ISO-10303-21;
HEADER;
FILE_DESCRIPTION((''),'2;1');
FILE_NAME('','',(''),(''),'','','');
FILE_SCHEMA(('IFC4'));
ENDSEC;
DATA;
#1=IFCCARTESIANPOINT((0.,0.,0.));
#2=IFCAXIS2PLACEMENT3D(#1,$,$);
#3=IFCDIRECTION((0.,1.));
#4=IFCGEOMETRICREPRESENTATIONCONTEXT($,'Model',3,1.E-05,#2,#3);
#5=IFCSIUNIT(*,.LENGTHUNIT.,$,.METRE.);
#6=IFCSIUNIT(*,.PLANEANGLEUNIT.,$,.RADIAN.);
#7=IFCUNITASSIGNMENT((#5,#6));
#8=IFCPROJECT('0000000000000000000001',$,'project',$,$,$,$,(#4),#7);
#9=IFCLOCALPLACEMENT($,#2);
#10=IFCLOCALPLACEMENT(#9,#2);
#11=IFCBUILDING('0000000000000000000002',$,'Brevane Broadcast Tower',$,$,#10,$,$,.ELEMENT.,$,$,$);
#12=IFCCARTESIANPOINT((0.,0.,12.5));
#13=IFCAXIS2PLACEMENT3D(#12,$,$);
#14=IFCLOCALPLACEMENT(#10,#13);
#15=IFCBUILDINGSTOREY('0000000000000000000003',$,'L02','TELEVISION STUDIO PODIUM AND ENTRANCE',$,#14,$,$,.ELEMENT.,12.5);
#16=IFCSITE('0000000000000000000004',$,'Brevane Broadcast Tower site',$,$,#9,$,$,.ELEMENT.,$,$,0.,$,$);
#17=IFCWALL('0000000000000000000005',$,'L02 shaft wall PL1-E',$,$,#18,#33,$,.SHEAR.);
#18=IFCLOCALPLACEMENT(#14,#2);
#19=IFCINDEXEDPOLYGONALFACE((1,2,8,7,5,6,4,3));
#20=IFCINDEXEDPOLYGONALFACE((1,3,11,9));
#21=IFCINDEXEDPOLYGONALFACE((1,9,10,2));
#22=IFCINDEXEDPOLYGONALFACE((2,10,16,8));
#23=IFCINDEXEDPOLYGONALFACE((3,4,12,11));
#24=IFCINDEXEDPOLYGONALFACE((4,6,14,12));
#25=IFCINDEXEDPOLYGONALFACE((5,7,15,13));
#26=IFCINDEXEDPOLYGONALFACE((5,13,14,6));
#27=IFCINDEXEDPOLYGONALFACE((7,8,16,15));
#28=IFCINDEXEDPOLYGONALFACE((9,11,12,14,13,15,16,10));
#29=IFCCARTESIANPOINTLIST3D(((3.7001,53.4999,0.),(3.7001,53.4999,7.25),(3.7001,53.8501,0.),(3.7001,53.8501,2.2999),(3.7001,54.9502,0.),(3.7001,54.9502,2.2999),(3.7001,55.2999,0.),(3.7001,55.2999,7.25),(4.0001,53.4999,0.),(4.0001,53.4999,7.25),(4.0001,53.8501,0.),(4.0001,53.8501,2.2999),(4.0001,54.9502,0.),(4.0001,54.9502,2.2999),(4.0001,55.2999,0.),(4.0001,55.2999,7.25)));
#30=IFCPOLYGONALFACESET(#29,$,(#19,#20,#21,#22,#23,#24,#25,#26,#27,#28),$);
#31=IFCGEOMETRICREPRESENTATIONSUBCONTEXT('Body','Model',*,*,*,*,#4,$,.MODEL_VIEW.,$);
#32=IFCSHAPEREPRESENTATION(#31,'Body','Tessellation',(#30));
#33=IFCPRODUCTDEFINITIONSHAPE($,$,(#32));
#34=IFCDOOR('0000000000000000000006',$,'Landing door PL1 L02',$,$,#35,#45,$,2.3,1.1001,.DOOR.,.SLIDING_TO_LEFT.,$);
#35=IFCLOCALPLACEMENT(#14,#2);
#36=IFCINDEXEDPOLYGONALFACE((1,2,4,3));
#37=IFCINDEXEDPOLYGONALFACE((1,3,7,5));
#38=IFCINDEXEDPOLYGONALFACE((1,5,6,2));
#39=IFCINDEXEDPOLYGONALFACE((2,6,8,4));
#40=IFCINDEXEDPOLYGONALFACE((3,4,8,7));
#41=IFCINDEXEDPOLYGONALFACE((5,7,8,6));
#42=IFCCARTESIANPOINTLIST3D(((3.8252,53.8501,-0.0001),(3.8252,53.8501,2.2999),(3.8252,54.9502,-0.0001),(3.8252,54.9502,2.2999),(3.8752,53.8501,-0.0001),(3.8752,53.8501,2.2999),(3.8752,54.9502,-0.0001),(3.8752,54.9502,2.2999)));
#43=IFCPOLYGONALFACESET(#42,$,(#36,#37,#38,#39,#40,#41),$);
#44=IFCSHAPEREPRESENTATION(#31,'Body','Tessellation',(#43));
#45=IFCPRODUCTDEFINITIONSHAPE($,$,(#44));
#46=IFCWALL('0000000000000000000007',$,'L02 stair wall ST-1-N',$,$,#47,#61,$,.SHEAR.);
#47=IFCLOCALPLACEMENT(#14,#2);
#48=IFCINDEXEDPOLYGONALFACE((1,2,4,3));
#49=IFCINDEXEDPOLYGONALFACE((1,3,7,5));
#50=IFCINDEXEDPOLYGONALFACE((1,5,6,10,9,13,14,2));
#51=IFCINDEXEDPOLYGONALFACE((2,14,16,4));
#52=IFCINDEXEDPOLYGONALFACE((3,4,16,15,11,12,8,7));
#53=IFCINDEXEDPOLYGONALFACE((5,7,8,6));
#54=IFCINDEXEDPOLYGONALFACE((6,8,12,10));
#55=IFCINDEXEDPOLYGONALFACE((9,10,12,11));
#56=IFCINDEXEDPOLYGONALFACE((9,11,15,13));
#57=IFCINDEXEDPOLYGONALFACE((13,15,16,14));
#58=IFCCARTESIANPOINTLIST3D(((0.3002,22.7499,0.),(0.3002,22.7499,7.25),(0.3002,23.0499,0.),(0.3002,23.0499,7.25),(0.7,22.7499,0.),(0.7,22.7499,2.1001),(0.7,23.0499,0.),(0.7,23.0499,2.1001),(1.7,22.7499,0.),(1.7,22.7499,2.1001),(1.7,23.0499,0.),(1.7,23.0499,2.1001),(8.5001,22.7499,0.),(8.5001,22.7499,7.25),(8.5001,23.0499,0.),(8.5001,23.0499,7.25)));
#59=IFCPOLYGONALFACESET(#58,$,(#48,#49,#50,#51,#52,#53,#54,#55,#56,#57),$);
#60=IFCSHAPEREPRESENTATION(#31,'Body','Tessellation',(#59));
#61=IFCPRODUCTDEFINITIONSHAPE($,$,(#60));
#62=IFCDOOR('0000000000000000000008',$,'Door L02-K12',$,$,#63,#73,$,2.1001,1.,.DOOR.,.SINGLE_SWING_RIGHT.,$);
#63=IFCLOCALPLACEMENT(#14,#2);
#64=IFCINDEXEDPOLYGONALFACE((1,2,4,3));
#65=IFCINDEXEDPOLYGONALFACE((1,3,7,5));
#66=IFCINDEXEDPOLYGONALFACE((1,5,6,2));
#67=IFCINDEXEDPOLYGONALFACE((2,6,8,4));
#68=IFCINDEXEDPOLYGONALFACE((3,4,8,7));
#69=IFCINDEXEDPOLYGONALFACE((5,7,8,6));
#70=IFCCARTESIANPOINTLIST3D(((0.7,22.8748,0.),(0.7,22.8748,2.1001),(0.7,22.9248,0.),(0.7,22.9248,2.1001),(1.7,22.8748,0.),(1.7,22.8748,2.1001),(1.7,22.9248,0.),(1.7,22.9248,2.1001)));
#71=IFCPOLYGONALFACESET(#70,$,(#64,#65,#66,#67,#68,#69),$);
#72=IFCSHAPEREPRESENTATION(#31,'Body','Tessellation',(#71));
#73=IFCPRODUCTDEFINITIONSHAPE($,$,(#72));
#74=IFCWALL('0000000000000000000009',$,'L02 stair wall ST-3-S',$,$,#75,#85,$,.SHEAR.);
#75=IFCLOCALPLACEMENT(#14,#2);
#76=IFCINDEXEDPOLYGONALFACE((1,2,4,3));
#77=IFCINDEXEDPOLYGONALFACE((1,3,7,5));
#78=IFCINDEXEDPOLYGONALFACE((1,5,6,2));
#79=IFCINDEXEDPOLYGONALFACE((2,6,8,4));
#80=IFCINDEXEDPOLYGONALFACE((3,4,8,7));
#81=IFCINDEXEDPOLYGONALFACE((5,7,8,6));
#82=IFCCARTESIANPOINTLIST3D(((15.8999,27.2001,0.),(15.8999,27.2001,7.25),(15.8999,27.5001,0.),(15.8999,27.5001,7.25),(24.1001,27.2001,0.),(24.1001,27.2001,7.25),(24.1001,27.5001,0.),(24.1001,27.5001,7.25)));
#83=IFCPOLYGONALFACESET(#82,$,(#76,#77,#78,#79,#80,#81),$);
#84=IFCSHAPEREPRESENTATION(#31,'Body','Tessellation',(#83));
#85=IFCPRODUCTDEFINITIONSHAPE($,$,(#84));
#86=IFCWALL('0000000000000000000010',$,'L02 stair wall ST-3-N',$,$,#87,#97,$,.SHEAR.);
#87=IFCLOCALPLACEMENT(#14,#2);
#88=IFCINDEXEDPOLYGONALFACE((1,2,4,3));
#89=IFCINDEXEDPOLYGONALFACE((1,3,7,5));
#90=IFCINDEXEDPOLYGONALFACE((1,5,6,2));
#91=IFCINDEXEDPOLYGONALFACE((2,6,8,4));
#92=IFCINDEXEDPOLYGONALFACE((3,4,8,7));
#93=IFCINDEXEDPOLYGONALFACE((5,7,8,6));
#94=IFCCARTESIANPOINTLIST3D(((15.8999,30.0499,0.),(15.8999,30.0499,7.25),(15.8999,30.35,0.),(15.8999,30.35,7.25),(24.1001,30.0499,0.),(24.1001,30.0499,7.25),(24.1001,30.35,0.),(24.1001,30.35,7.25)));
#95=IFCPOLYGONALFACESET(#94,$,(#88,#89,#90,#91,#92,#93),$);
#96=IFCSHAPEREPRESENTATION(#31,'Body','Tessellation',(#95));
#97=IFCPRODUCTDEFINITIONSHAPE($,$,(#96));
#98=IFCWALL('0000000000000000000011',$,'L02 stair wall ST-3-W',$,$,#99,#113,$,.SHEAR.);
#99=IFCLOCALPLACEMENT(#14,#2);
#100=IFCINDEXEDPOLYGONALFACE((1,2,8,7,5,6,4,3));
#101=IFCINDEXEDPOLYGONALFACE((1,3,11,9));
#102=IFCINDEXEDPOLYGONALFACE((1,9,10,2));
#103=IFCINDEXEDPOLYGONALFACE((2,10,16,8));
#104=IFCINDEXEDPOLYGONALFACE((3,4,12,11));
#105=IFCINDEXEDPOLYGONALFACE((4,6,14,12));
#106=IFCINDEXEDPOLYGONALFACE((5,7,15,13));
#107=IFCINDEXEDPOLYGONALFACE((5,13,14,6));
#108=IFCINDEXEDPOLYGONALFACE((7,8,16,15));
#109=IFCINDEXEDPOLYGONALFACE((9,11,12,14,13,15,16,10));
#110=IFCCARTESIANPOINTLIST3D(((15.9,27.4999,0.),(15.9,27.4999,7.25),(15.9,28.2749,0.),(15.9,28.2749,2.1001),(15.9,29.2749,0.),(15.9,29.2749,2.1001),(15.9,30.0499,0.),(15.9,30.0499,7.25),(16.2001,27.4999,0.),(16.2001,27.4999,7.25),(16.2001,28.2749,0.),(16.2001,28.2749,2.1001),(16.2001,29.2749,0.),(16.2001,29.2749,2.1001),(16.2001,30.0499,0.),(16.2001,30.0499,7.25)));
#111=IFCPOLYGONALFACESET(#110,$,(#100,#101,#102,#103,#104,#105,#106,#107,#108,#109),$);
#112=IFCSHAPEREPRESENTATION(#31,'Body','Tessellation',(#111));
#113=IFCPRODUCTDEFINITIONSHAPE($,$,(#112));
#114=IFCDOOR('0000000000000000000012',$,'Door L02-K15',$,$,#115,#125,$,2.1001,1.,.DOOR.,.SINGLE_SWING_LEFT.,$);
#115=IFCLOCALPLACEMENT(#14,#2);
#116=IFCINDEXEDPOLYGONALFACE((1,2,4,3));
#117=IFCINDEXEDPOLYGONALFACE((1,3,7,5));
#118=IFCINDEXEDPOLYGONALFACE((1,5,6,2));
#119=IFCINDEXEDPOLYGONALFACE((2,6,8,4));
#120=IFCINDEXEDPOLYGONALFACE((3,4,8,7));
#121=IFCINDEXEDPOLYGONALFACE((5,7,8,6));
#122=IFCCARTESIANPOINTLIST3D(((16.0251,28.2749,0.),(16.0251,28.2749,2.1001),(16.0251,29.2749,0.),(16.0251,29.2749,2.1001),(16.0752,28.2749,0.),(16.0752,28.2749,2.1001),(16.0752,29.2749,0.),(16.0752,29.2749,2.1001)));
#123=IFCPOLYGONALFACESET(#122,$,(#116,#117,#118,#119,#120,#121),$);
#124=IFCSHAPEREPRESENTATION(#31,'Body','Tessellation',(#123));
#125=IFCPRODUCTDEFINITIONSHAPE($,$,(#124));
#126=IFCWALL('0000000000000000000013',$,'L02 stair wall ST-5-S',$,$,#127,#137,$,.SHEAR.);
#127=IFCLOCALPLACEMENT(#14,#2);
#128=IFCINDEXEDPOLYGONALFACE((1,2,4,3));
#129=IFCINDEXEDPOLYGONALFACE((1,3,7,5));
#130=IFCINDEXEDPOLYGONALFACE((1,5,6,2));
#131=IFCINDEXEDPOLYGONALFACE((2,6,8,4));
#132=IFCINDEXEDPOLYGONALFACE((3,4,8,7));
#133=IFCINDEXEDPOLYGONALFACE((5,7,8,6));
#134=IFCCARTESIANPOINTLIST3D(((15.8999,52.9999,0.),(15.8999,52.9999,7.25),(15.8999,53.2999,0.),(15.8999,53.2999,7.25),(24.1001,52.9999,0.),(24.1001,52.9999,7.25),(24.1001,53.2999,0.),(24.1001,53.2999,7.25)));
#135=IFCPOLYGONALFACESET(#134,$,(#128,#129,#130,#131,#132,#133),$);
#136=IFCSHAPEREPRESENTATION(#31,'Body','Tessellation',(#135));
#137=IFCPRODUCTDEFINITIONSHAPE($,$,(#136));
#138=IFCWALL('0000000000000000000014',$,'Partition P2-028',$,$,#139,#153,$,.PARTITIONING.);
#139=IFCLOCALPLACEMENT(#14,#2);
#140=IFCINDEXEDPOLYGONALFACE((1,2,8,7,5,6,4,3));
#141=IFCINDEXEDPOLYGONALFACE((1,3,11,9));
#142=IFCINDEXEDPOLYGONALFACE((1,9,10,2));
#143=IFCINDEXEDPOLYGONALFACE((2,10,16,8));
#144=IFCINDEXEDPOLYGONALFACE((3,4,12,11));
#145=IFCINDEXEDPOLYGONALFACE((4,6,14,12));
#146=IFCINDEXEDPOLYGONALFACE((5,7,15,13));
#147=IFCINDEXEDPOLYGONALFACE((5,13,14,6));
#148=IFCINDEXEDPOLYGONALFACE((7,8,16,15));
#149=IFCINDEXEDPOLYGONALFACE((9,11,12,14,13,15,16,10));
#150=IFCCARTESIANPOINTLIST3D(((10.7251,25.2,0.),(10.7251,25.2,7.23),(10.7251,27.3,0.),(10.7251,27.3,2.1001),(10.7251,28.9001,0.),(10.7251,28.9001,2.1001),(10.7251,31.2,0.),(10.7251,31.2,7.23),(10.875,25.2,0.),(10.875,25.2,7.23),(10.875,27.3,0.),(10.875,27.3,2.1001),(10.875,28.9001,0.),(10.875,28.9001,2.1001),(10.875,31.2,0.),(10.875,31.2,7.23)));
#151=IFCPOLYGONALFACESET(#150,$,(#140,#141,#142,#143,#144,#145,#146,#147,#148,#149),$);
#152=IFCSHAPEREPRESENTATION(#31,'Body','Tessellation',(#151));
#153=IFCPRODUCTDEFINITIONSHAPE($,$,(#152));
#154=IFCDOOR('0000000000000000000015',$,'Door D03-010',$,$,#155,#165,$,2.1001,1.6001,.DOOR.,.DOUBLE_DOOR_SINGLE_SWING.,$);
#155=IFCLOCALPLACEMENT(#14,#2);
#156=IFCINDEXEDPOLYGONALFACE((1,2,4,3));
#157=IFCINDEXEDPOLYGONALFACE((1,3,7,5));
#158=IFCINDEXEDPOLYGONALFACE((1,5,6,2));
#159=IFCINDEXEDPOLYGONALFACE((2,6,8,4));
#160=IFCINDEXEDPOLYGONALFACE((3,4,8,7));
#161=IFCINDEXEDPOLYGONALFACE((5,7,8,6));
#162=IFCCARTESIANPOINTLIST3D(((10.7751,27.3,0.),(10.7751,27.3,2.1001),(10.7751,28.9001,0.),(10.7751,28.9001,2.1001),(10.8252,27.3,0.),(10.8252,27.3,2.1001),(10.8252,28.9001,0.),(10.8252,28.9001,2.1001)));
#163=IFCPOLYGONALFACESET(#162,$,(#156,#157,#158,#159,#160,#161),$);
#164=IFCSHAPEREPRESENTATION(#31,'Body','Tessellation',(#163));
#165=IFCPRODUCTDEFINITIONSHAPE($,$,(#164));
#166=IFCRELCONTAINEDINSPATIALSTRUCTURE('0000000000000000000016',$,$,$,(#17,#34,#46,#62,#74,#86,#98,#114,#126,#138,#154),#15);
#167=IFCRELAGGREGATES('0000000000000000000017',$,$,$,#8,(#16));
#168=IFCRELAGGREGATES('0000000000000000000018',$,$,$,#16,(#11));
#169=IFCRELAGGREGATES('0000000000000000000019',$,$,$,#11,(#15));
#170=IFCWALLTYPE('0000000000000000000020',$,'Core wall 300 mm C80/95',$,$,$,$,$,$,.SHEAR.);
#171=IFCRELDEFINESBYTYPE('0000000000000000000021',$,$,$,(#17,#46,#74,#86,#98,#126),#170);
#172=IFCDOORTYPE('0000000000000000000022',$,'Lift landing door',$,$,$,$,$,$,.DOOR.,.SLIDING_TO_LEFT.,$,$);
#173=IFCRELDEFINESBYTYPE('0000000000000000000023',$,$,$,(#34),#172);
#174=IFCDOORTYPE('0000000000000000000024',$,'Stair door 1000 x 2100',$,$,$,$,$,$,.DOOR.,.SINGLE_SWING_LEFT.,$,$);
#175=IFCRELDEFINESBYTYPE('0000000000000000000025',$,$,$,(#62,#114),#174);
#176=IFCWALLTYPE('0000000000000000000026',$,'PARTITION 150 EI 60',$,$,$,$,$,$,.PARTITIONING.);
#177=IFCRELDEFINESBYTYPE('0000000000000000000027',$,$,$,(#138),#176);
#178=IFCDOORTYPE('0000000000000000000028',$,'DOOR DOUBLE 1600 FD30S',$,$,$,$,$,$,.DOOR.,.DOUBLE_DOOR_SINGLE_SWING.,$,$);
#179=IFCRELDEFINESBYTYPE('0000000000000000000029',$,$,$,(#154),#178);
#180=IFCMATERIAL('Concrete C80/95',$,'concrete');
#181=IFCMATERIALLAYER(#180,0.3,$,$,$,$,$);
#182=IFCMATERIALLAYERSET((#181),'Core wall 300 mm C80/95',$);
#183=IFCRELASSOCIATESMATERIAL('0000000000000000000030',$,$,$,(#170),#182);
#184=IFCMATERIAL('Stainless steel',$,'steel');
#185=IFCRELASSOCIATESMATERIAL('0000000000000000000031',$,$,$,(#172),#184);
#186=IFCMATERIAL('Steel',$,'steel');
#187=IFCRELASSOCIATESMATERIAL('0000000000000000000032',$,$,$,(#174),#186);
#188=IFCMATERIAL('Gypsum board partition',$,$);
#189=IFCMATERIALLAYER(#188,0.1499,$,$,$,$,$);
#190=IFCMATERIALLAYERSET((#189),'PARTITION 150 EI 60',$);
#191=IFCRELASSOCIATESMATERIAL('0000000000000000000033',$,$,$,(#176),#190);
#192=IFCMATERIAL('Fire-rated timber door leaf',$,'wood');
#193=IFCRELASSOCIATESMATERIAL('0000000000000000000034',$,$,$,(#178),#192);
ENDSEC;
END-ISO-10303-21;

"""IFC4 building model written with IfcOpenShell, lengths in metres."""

from ifc_helpers import new_model, si_unit, direction, frame, frame_2d, origin, place, context, subcontext, project, spatial, rectangle, extrude, material, layer, layer_set, type_object, element, fill, save


model = new_model("IFC4")

# Units and contexts
model_context = context("Model", 3, precision=1e-05, world=origin(), true_north=direction((0.0, 1.0)))
body_context = subcontext(model_context, "Body", "Model", "MODEL_VIEW")
ifc_project = project(units=[si_unit("LENGTHUNIT", "METRE"), si_unit("PLANEANGLEUNIT", "RADIAN")], contexts=[model_context])

# Site, building, storey
site_placement = place(None, origin())
site = spatial("IfcSite", under=ifc_project, at=site_placement, Name="Brevane Broadcast Tower site", CompositionType="ELEMENT", RefElevation=0.0)
building_placement = place(site_placement, origin())
building = spatial("IfcBuilding", under=site, at=building_placement, Name="Brevane Broadcast Tower", CompositionType="ELEMENT")
storey_placement = place(building_placement, frame((0.0, 0.0, 12.5)))
storey = spatial("IfcBuildingStorey", under=building, at=storey_placement, Name="L02", Description="TELEVISION STUDIO PODIUM AND ENTRANCE", CompositionType="ELEMENT", Elevation=12.5)

# Shared definitions
ifc_material_1 = material(Name="Concrete C80/95", Category="concrete")

# Shared definitions
ifc_layer_1 = layer(ifc_material_1, 0.3)
ifc_layer_set_1 = layer_set([ifc_layer_1], Name="Core wall 300 mm C80/95")
wall_type_1 = type_object("IfcWallType", Name="Core wall 300 mm C80/95", PredefinedType="SHEAR", material=ifc_layer_set_1)

# Walls, openings, doors
wall_1_placement = place(storey_placement, frame((3.8501, 53.5, 0.0), z_axis=(0.0, 0.0, 1.0), x_axis=(0.0, 1.0, 0.0)))
wall_1 = element("IfcWall", 1, at=wall_1_placement, inside=storey, type_object=wall_type_1, Name="L02 shaft wall PL1-E", PredefinedType="SHEAR", context=body_context, shape_type="SweptSolid", body=[
    extrude(rectangle(XDim=1.8, YDim=0.3, at=frame_2d((0.8999, 0.0))), origin(), (0.0, 0.0, 1.0), 7.25),
])
opening_1_placement = place(wall_1_placement, frame((0.3501, 0.0, 0.0)))
opening_1 = element("IfcOpeningElement", 2, at=opening_1_placement, cuts=wall_1, PredefinedType="OPENING", context=body_context, shape_type="SweptSolid", body=[
    extrude(rectangle(XDim=1.1001, YDim=2.3, at=frame_2d((0.55, 1.1499))), frame((0.0, 0.1599, 0.0), z_axis=(0.0, -1.0, 0.0), x_axis=(1.0, 0.0, 0.0)), (0.0, 0.0, 1.0), 0.3201),
])
ifc_material_2 = material(Name="Stainless steel", Category="steel")
door_type_1 = type_object("IfcDoorType", Name="Lift landing door", OperationType="SLIDING_TO_LEFT", PredefinedType="DOOR", material=ifc_material_2)
door_1_placement = place(opening_1_placement, origin())
door_1 = element("IfcDoor", 3, at=door_1_placement, inside=storey, type_object=door_type_1, Name="Landing door PL1 L02", OperationType="SLIDING_TO_LEFT", OverallHeight=2.3, OverallWidth=1.1001, PredefinedType="DOOR", context=body_context, shape_type="SweptSolid", body=[
    extrude(rectangle(XDim=1.1001, YDim=2.3, at=frame_2d((0.55, 1.1499))), frame((0.0, 0.0249, 0.0), z_axis=(0.0, -1.0, 0.0), x_axis=(1.0, 0.0, 0.0)), (0.0, 0.0, 1.0), 0.05),
])
fill(opening_1, door_1)
wall_2_placement = place(storey_placement, frame((0.3, 22.8999, 0.0), z_axis=(0.0, 0.0, 1.0), x_axis=(1.0, 0.0, 0.0)))
wall_2 = element("IfcWall", 4, at=wall_2_placement, inside=storey, type_object=wall_type_1, Name="L02 stair wall ST-1-N", PredefinedType="SHEAR", context=body_context, shape_type="SweptSolid", body=[
    extrude(rectangle(XDim=8.2, YDim=0.3, at=frame_2d((4.1001, 0.0))), origin(), (0.0, 0.0, 1.0), 7.25),
])
opening_2_placement = place(wall_2_placement, frame((0.3999, 0.0, 0.0)))
opening_2 = element("IfcOpeningElement", 5, at=opening_2_placement, cuts=wall_2, PredefinedType="OPENING", context=body_context, shape_type="SweptSolid", body=[
    extrude(rectangle(XDim=1.0, YDim=2.1001, at=frame_2d((0.5, 1.05))), frame((0.0, 0.1599, 0.0), z_axis=(0.0, -1.0, 0.0), x_axis=(1.0, 0.0, 0.0)), (0.0, 0.0, 1.0), 0.3201),
])
ifc_material_3 = material(Name="Steel", Category="steel")
door_type_2 = type_object("IfcDoorType", Name="Stair door 1000 x 2100", OperationType="SINGLE_SWING_LEFT", PredefinedType="DOOR", material=ifc_material_3)
door_2_placement = place(opening_2_placement, origin())
door_2 = element("IfcDoor", 6, at=door_2_placement, inside=storey, type_object=door_type_2, Name="Door L02-K12", OperationType="SINGLE_SWING_RIGHT", OverallHeight=2.1001, OverallWidth=1.0, PredefinedType="DOOR", context=body_context, shape_type="SweptSolid", body=[
    extrude(rectangle(XDim=1.0, YDim=2.1001, at=frame_2d((0.5, 1.05))), frame((0.0, 0.0249, 0.0), z_axis=(0.0, -1.0, 0.0), x_axis=(1.0, 0.0, 0.0)), (0.0, 0.0, 1.0), 0.05),
])
fill(opening_2, door_2)

# Walls
for number, where, z_axis, x_axis, name in (
    (7, (15.8999, 27.3501, 0.0), (0.0, 0.0, 1.0), (1.0, 0.0, 0.0), "L02 stair wall ST-3-S"),
    (8, (15.8999, 30.2, 0.0), (0.0, 0.0, 1.0), (1.0, 0.0, 0.0), "L02 stair wall ST-3-N"),
):
    element("IfcWall", number, at=place(storey_placement, frame(where, z_axis=z_axis, x_axis=x_axis)), inside=storey, type_object=wall_type_1, Name=name, PredefinedType="SHEAR", context=body_context, shape_type="SweptSolid", body=[
        extrude(rectangle(XDim=8.2002, YDim=0.3, at=frame_2d((4.1001, 0.0))), origin(), (0.0, 0.0, 1.0), 7.25),
    ])

# Wall, opening, door
wall_3_placement = place(storey_placement, frame((16.05, 27.5, 0.0), z_axis=(0.0, 0.0, 1.0), x_axis=(0.0, 1.0, 0.0)))
wall_3 = element("IfcWall", 9, at=wall_3_placement, inside=storey, type_object=wall_type_1, Name="L02 stair wall ST-3-W", PredefinedType="SHEAR", context=body_context, shape_type="SweptSolid", body=[
    extrude(rectangle(XDim=2.55, YDim=0.3, at=frame_2d((1.2749, 0.0))), origin(), (0.0, 0.0, 1.0), 7.25),
])
opening_3_placement = place(wall_3_placement, frame((0.7749, 0.0, 0.0)))
opening_3 = element("IfcOpeningElement", 10, at=opening_3_placement, cuts=wall_3, PredefinedType="OPENING", context=body_context, shape_type="SweptSolid", body=[
    extrude(rectangle(XDim=1.0, YDim=2.1001, at=frame_2d((0.5, 1.05))), frame((0.0, 0.1599, 0.0), z_axis=(0.0, -1.0, 0.0), x_axis=(1.0, 0.0, 0.0)), (0.0, 0.0, 1.0), 0.3201),
])
door_3_placement = place(opening_3_placement, origin())
door_3 = element("IfcDoor", 11, at=door_3_placement, inside=storey, type_object=door_type_2, Name="Door L02-K15", OperationType="SINGLE_SWING_LEFT", OverallHeight=2.1001, OverallWidth=1.0, PredefinedType="DOOR", context=body_context, shape_type="SweptSolid", body=[
    extrude(rectangle(XDim=1.0, YDim=2.1001, at=frame_2d((0.5, 1.05))), frame((0.0, 0.0249, 0.0), z_axis=(0.0, -1.0, 0.0), x_axis=(1.0, 0.0, 0.0)), (0.0, 0.0, 1.0), 0.05),
])
fill(opening_3, door_3)

# Wall
wall_4_placement = place(storey_placement, frame((15.8999, 53.1499, 0.0), z_axis=(0.0, 0.0, 1.0), x_axis=(1.0, 0.0, 0.0)))
element("IfcWall", 12, at=wall_4_placement, inside=storey, type_object=wall_type_1, Name="L02 stair wall ST-5-S", PredefinedType="SHEAR", context=body_context, shape_type="SweptSolid", body=[
    extrude(rectangle(XDim=8.2002, YDim=0.3, at=frame_2d((4.1001, 0.0))), origin(), (0.0, 0.0, 1.0), 7.25),
])

# Wall, opening, door
ifc_material_4 = material(Name="Gypsum board partition")
ifc_layer_2 = layer(ifc_material_4, 0.1499)
ifc_layer_set_2 = layer_set([ifc_layer_2], Name="PARTITION 150 EI 60")
wall_type_2 = type_object("IfcWallType", Name="PARTITION 150 EI 60", PredefinedType="PARTITIONING", material=ifc_layer_set_2)
wall_5_placement = place(storey_placement, frame((10.8, 25.2, 0.0), z_axis=(0.0, 0.0, 1.0), x_axis=(0.0, 1.0, 0.0)))
wall_5 = element("IfcWall", 13, at=wall_5_placement, inside=storey, type_object=wall_type_2, Name="Partition P2-028", PredefinedType="PARTITIONING", context=body_context, shape_type="SweptSolid", body=[
    extrude(rectangle(XDim=6.0, YDim=0.1499, at=frame_2d((3.0, 0.0))), origin(), (0.0, 0.0, 1.0), 7.23),
])
opening_4_placement = place(wall_5_placement, frame((2.1001, 0.0, 0.0)))
opening_4 = element("IfcOpeningElement", 14, at=opening_4_placement, cuts=wall_5, PredefinedType="OPENING", context=body_context, shape_type="SweptSolid", body=[
    extrude(rectangle(XDim=1.6001, YDim=2.1001, at=frame_2d((0.8, 1.05))), frame((0.0, 0.085, 0.0), z_axis=(0.0, -1.0, 0.0), x_axis=(1.0, 0.0, 0.0)), (0.0, 0.0, 1.0), 0.1699),
])
ifc_material_5 = material(Name="Fire-rated timber door leaf", Category="wood")
door_type_3 = type_object("IfcDoorType", Name="DOOR DOUBLE 1600 FD30S", OperationType="DOUBLE_DOOR_SINGLE_SWING", PredefinedType="DOOR", material=ifc_material_5)
door_4_placement = place(opening_4_placement, origin())
door_4 = element("IfcDoor", 15, at=door_4_placement, inside=storey, type_object=door_type_3, Name="Door D03-010", OperationType="DOUBLE_DOOR_SINGLE_SWING", OverallHeight=2.1001, OverallWidth=1.6001, PredefinedType="DOOR", context=body_context, shape_type="SweptSolid", body=[
    extrude(rectangle(XDim=1.6001, YDim=2.1001, at=frame_2d((0.8, 1.05))), frame((0.0, 0.0249, 0.0), z_axis=(0.0, -1.0, 0.0), x_axis=(1.0, 0.0, 0.0)), (0.0, 0.0, 1.0), 0.05),
])
fill(opening_4, door_4)

save(model, "model.ifc")
